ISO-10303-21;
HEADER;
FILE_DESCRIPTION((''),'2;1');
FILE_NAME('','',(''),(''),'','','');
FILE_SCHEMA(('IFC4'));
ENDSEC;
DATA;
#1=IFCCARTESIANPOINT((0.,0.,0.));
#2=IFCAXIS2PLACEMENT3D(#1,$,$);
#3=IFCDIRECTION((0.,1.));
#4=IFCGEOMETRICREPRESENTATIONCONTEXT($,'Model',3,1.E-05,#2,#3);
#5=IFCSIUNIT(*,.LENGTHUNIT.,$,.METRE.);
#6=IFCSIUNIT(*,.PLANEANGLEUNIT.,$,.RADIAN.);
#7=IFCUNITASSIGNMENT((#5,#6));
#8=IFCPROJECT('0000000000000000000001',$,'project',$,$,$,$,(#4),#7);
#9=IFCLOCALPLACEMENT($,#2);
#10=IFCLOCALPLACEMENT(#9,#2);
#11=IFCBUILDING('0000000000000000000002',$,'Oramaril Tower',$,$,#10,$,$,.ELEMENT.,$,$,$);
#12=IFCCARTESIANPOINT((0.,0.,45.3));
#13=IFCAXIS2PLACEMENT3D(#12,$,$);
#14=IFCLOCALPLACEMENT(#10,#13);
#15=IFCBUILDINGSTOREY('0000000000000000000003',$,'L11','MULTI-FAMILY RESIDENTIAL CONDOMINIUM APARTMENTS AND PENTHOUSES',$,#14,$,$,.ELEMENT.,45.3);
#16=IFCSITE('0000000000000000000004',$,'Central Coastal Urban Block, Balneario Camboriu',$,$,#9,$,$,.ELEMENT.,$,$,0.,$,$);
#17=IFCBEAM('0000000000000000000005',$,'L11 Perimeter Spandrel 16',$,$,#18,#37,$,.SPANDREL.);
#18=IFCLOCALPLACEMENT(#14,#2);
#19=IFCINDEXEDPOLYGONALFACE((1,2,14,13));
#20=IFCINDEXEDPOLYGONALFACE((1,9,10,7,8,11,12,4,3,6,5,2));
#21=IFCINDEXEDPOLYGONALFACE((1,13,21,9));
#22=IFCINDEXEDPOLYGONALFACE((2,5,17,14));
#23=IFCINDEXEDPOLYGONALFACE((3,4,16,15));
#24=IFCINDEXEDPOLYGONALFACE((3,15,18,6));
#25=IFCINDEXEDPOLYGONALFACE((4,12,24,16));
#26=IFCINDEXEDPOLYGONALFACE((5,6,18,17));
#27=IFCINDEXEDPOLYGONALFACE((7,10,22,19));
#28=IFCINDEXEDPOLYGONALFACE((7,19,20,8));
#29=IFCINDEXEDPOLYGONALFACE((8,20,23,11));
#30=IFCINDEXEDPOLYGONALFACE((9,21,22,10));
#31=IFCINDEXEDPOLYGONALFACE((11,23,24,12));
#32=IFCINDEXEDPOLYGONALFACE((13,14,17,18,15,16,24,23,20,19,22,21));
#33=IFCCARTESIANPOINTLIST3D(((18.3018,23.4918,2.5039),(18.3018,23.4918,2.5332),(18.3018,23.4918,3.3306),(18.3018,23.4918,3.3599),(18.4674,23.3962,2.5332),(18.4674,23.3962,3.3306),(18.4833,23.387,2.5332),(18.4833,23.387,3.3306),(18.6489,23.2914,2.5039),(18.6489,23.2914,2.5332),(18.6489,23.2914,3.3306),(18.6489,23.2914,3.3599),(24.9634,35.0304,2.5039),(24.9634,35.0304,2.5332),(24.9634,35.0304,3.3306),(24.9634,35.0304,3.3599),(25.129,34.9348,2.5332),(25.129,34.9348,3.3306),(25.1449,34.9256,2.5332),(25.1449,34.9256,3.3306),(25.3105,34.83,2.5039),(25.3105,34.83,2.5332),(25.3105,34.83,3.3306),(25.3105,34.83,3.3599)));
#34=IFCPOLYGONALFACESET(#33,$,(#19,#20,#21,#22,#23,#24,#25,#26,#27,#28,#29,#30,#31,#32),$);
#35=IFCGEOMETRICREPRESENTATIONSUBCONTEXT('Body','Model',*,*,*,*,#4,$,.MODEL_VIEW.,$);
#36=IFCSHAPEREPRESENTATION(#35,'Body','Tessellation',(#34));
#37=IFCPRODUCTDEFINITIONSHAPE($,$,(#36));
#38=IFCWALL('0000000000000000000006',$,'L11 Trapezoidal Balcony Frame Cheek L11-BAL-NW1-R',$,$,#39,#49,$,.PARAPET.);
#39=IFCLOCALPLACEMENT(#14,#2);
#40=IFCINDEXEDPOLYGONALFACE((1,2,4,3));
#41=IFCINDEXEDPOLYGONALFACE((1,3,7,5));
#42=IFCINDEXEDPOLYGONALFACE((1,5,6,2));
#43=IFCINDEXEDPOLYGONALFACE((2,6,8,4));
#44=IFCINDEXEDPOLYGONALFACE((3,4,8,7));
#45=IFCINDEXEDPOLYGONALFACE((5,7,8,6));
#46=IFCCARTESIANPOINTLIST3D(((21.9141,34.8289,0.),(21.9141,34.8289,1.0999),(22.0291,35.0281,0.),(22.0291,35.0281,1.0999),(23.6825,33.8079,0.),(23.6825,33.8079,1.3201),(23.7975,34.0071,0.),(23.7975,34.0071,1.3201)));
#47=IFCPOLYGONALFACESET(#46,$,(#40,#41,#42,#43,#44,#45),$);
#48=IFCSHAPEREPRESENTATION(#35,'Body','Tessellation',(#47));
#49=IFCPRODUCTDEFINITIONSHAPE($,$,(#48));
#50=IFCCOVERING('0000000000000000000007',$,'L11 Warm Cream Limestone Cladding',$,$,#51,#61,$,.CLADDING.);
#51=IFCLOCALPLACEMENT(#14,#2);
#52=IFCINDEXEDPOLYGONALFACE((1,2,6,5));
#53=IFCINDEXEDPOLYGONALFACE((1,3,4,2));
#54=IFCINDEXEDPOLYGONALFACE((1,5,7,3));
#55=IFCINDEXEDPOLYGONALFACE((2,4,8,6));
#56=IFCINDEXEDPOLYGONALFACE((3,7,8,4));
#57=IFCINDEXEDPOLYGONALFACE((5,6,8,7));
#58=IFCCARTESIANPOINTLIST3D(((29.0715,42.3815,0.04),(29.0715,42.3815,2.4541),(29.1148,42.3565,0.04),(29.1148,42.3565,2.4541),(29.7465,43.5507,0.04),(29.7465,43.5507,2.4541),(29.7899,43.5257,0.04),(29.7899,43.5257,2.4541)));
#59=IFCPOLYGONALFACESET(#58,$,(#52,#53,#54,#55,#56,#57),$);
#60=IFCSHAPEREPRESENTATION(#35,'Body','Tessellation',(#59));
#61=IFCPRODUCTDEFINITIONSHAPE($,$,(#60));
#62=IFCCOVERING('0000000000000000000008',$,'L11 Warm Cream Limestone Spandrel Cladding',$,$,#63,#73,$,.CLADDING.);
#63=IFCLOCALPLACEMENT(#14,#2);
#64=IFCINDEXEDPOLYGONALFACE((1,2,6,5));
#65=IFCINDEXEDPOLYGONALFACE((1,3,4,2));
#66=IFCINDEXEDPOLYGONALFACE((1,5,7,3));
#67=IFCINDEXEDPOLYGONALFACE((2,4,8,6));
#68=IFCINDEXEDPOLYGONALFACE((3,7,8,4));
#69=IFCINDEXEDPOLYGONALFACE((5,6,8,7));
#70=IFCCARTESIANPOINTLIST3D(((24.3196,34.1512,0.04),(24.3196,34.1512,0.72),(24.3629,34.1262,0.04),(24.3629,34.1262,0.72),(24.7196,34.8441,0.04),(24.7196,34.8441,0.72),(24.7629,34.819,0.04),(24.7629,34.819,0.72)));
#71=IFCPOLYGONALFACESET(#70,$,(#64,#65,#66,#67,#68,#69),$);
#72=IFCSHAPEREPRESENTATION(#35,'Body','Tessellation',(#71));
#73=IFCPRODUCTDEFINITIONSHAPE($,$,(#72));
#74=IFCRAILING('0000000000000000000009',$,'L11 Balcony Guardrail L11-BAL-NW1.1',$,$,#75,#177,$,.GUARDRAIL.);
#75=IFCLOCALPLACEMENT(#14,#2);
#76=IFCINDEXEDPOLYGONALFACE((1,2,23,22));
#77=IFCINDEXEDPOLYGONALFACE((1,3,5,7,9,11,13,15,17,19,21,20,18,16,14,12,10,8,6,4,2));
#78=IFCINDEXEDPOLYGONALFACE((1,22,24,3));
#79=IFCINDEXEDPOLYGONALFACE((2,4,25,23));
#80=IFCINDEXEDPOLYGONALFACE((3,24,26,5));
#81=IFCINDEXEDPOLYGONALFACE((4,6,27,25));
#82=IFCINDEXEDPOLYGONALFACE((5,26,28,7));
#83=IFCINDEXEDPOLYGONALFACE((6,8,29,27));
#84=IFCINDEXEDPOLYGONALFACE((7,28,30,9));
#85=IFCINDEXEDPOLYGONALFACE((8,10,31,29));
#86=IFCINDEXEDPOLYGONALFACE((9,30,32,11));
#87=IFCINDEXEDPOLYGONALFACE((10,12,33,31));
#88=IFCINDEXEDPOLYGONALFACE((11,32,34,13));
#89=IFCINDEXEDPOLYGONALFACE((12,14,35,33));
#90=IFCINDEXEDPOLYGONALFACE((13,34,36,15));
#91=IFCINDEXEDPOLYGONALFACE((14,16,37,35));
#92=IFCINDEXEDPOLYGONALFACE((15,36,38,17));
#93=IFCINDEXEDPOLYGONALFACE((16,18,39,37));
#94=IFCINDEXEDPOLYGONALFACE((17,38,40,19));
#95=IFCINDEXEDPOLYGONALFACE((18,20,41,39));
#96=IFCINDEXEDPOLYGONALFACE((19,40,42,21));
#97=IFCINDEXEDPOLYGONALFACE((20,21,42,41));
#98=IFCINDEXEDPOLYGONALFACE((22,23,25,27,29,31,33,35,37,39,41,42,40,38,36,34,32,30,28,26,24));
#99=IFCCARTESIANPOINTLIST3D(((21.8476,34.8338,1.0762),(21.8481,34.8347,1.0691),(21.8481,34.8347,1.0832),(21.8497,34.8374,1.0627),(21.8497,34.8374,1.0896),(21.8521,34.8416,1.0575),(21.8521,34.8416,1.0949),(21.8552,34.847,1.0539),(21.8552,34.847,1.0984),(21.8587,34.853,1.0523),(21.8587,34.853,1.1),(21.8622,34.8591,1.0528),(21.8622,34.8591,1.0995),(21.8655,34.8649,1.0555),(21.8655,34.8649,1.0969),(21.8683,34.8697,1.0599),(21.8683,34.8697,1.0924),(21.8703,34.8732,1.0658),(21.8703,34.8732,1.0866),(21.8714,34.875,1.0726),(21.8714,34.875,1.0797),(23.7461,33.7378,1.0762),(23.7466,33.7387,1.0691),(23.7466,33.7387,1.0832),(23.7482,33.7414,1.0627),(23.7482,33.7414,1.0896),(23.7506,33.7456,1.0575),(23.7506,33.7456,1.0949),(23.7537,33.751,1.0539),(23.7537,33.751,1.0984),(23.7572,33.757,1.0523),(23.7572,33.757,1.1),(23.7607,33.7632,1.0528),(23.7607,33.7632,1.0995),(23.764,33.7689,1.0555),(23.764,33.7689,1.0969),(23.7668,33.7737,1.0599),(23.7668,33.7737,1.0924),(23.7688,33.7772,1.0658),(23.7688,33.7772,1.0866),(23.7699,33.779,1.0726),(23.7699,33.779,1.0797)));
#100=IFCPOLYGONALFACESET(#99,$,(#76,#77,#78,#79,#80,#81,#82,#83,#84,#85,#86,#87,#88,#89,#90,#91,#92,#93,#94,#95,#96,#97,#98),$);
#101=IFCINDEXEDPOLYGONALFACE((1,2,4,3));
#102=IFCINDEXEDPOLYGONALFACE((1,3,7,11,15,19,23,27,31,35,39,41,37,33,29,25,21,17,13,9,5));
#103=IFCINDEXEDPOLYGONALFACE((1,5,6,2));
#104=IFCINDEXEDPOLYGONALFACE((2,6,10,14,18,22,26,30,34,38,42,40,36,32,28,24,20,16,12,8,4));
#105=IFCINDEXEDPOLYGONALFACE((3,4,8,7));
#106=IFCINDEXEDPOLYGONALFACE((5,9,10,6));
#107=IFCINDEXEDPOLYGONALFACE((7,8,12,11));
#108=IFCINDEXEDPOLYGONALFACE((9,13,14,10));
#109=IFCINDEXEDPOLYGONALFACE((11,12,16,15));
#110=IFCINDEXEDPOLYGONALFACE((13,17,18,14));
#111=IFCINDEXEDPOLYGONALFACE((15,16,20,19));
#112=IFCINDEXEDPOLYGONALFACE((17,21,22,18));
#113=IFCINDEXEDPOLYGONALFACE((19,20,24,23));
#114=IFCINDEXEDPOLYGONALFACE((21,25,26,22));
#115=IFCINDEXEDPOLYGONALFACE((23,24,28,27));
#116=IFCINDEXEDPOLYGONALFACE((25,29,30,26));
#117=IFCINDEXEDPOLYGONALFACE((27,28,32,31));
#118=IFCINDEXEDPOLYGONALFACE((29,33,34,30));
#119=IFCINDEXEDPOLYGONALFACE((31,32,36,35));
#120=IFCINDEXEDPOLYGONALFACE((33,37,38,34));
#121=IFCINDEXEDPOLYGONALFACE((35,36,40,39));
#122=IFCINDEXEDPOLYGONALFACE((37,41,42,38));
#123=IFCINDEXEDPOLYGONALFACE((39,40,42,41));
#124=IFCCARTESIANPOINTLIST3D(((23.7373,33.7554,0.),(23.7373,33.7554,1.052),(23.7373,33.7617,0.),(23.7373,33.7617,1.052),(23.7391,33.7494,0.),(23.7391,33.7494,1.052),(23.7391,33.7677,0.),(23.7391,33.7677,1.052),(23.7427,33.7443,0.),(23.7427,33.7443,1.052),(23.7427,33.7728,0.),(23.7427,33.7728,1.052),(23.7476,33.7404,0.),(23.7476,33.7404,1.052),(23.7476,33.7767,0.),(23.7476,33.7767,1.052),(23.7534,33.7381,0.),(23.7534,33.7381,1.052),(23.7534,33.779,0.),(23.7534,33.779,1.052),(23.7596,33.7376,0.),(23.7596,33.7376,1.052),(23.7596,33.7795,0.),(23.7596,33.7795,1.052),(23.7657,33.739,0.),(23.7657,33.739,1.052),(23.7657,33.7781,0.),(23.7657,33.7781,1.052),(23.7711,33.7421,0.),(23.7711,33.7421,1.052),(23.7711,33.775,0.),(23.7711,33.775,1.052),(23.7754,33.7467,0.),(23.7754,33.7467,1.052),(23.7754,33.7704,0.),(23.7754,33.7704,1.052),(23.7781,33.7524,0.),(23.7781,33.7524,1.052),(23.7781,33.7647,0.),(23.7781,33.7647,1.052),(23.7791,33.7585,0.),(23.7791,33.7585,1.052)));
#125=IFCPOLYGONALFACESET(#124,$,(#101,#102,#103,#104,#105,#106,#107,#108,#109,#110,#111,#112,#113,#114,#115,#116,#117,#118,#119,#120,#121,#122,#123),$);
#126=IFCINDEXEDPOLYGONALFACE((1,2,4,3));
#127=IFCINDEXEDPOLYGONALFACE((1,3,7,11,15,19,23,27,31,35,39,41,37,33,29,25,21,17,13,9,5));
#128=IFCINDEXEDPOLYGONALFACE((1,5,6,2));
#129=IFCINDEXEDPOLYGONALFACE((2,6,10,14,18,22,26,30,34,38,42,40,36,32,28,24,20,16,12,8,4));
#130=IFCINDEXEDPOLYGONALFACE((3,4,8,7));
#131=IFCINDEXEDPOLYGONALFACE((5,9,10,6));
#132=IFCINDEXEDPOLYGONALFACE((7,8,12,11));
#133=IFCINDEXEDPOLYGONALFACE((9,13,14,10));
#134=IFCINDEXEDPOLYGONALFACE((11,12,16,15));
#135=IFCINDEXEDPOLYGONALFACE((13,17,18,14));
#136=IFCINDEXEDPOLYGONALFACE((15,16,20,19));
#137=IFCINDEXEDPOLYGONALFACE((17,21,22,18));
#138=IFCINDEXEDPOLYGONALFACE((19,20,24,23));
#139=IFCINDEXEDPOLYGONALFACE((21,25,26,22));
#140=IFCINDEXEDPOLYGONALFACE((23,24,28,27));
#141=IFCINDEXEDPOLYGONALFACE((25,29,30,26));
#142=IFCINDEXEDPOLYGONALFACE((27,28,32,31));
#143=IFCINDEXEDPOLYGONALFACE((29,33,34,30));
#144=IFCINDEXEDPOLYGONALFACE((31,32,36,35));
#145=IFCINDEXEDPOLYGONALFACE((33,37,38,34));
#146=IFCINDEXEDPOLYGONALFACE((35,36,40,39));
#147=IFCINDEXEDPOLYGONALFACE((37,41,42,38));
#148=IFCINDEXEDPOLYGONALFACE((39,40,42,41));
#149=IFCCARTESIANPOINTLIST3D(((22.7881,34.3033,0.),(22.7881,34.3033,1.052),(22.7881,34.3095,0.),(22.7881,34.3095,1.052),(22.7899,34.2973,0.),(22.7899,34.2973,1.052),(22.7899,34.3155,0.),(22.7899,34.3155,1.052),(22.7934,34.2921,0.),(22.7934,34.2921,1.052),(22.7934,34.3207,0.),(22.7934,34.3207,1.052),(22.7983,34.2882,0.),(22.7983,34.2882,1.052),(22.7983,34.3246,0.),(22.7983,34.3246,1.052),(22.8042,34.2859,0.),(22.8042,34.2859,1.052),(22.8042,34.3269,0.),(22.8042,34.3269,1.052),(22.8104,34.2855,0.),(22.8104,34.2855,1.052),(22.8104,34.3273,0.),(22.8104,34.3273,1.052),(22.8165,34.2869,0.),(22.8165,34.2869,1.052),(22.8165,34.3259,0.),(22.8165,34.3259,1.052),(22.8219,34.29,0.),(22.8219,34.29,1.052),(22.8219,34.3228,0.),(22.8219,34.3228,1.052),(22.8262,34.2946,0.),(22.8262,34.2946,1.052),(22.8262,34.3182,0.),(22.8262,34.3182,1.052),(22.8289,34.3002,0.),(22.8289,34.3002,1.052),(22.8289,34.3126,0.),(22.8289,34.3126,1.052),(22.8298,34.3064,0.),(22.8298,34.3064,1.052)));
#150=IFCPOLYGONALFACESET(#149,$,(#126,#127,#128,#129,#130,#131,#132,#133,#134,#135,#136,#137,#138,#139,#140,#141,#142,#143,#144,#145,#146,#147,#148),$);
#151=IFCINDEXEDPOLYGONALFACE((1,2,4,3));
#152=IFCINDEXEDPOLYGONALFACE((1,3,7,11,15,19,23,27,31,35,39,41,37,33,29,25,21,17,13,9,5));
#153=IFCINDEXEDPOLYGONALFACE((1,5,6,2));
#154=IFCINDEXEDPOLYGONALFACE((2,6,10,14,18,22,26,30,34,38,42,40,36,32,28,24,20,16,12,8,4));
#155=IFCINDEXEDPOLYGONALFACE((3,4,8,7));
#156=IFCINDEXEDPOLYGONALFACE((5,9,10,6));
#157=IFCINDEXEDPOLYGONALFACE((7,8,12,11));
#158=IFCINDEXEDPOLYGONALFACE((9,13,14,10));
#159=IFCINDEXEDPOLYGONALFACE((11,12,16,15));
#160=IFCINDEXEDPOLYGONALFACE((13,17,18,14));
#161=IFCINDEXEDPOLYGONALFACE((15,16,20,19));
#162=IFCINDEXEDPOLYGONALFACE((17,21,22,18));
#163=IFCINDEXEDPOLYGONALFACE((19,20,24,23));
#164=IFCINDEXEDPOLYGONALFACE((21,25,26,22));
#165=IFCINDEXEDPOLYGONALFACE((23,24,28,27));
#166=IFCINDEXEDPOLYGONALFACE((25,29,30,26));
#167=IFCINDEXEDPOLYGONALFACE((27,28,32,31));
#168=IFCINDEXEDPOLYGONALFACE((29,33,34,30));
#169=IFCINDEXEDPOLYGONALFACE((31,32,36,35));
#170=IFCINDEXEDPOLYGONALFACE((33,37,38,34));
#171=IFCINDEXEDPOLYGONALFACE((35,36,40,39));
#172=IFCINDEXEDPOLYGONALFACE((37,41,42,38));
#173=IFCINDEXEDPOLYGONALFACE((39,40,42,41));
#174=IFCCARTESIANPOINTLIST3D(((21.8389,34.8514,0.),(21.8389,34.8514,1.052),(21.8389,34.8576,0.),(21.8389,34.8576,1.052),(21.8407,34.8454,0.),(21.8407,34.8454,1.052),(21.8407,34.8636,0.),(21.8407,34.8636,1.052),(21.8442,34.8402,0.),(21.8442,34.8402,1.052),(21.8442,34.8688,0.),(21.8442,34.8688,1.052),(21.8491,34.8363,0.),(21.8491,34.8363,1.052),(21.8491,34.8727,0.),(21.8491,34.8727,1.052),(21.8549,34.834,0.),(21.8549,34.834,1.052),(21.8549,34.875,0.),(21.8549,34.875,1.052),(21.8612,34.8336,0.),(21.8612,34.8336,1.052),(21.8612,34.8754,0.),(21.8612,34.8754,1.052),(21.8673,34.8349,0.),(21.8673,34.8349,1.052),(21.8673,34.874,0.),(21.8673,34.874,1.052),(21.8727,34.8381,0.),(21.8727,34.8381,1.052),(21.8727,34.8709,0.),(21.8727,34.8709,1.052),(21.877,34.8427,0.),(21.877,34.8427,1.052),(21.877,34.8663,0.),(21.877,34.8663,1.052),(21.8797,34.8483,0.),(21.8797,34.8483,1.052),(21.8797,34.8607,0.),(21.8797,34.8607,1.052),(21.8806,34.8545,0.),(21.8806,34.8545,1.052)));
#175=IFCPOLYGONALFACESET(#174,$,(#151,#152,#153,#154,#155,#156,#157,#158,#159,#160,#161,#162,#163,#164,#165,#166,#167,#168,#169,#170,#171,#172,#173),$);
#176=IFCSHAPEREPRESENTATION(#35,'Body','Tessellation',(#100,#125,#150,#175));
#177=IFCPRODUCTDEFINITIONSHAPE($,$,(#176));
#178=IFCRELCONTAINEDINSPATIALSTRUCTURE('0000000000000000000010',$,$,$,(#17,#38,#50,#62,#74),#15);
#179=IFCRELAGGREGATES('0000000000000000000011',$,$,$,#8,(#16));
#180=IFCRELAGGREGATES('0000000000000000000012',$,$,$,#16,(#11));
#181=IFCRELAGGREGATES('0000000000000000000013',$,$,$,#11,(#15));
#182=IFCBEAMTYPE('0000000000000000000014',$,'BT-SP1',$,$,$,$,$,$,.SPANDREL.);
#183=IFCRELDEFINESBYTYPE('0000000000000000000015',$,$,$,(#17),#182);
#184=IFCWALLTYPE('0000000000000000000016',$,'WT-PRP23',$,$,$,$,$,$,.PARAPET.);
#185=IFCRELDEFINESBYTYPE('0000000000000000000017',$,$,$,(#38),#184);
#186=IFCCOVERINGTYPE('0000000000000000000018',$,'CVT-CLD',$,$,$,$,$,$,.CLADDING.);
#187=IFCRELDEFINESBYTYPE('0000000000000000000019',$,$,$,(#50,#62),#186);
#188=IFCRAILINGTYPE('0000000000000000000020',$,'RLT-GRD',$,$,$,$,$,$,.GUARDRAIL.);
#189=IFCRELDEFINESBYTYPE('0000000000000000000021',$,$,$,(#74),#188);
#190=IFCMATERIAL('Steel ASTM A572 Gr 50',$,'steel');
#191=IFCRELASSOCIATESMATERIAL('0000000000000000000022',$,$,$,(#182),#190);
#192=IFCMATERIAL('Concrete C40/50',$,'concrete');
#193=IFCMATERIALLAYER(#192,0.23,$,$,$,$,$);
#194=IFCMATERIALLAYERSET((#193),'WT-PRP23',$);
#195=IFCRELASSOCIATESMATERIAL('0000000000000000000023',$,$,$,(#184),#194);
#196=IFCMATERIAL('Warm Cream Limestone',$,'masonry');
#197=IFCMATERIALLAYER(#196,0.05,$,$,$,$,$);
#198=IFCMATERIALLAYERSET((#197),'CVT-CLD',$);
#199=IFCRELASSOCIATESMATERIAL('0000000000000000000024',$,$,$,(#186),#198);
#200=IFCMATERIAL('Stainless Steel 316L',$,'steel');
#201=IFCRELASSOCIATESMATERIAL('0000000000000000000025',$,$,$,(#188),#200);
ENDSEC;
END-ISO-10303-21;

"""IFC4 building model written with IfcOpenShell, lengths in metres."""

from ifc_helpers import new_model, si_unit, direction, frame, origin, origin_2d, place, context, subcontext, project, spatial, polyline, rectangle, circle, i_section, outline, extrude, material, layer, layer_set, material_profile, profile_set, type_object, element, save


model = new_model("IFC4")

# Units and contexts
model_context = context("Model", 3, precision=1e-05, world=origin(), true_north=direction((0.0, 1.0)))
body_context = subcontext(model_context, "Body", "Model", "MODEL_VIEW")
ifc_project = project(units=[si_unit("LENGTHUNIT", "METRE"), si_unit("PLANEANGLEUNIT", "RADIAN")], contexts=[model_context])

# Site, building, storey
site_placement = place(None, origin())
site = spatial("IfcSite", under=ifc_project, at=site_placement, Name="Central Coastal Urban Block, Balneario Camboriu", CompositionType="ELEMENT", RefElevation=0.0)
building_placement = place(site_placement, origin())
building = spatial("IfcBuilding", under=site, at=building_placement, Name="Oramaril Tower", CompositionType="ELEMENT")
storey_placement = place(building_placement, frame((0.0, 0.0, 45.3)))
storey = spatial("IfcBuildingStorey", under=building, at=storey_placement, Name="L11", Description="MULTI-FAMILY RESIDENTIAL CONDOMINIUM APARTMENTS AND PENTHOUSES", CompositionType="ELEMENT", Elevation=45.3)

# Beam
ifc_material_1 = material(Name="Steel ASTM A572 Gr 50", Category="steel")
ifc_material_profile_1 = material_profile(ifc_material_1, i_section(OverallWidth=0.4009, OverallDepth=0.856, WebThickness=0.0183, FlangeThickness=0.0293, at=origin_2d()), Name="W33X201")
ifc_profile_set_1 = profile_set([ifc_material_profile_1], Name="Steel ASTM A572 Gr 50")
beam_type_1 = type_object("IfcBeamType", Name="BT-SP1", PredefinedType="SPANDREL", material=ifc_profile_set_1)
beam_1_placement = place(storey_placement, frame((25.137, 34.9302, 2.9319), z_axis=(-0.49999, -0.866031, 0.0), x_axis=(0.866031, -0.49999, 0.0)))
element("IfcBeam", 1, at=beam_1_placement, inside=storey, type_object=beam_type_1, Name="L11 Perimeter Spandrel 16", PredefinedType="SPANDREL", context=body_context, shape_type="SweptSolid", body=[
    extrude(i_section(OverallWidth=0.4009, OverallDepth=0.856, WebThickness=0.0183, FlangeThickness=0.0293, at=origin_2d()), origin(), (0.0, 0.0, 1.0), 13.3235),
])

# Wall
ifc_material_2 = material(Name="Concrete C40/50", Category="concrete")
ifc_layer_1 = layer(ifc_material_2, 0.23)
ifc_layer_set_1 = layer_set([ifc_layer_1], Name="WT-PRP23")
wall_type_1 = type_object("IfcWallType", Name="WT-PRP23", PredefinedType="PARAPET", material=ifc_layer_set_1)
wall_1_placement = place(storey_placement, frame((23.74, 33.9075, 0.0), z_axis=(0.0, 0.0, 1.0), x_axis=(-0.866012, 0.500023, 0.0)))
element("IfcWall", 2, at=wall_1_placement, inside=storey, type_object=wall_type_1, Name="L11 Trapezoidal Balcony Frame Cheek L11-BAL-NW1-R", PredefinedType="PARAPET", context=body_context, shape_type="SweptSolid", body=[
    extrude(outline(polyline([(0.0, 0.0), (2.042, 0.0), (2.042, 1.0999), (0.0, 1.3201), (0.0, 0.0)])), frame((0.0, 0.115, 0.0), z_axis=(0.0, -1.0, 0.0), x_axis=(1.0, 0.0, 0.0)), (0.0, 0.0, 1.0), 0.23),
])

# Coverings
ifc_material_3 = material(Name="Warm Cream Limestone", Category="masonry")
ifc_layer_2 = layer(ifc_material_3, 0.05)
ifc_layer_set_2 = layer_set([ifc_layer_2], Name="CVT-CLD")
covering_type = type_object("IfcCoveringType", Name="CVT-CLD", PredefinedType="CLADDING", material=ifc_layer_set_2)
covering_1_placement = place(storey_placement, frame((29.4307, 42.9536, 0.04), z_axis=(0.0, 0.0, 1.0), x_axis=(-0.500002, -0.866025, 0.0)))
element("IfcCovering", 3, at=covering_1_placement, inside=storey, type_object=covering_type, Name="L11 Warm Cream Limestone Cladding", PredefinedType="CLADDING", context=body_context, shape_type="SweptSolid", body=[
    extrude(rectangle(XDim=1.3501, YDim=0.05, at=origin_2d()), origin(), (0.0, 0.0, 1.0), 2.4141),
])
covering_2_placement = place(storey_placement, frame((24.5413, 34.4851, 0.04), z_axis=(0.0, 0.0, 1.0), x_axis=(-0.500002, -0.866025, 0.0)))
element("IfcCovering", 4, at=covering_2_placement, inside=storey, type_object=covering_type, Name="L11 Warm Cream Limestone Spandrel Cladding", PredefinedType="CLADDING", context=body_context, shape_type="SweptSolid", body=[
    extrude(rectangle(XDim=0.8, YDim=0.05, at=origin_2d()), origin(), (0.0, 0.0, 1.0), 0.6799),
])

# Railing
ifc_material_4 = material(Name="Stainless Steel 316L", Category="steel")
railing_type = type_object("IfcRailingType", Name="RLT-GRD", PredefinedType="GUARDRAIL", material=ifc_material_4)
railing_1_placement = place(storey_placement, frame((23.7581, 33.7585, 0.0)))
element("IfcRailing", 5, at=railing_1_placement, inside=storey, type_object=railing_type, Name="L11 Balcony Guardrail L11-BAL-NW1.1", PredefinedType="GUARDRAIL", context=body_context, shape_type="SweptSolid", body=[
    extrude(circle(Radius=0.0239, at=origin_2d()), frame((0.0, 0.0, 1.0762), z_axis=(-0.866048, 0.49996, 0.0), x_axis=(-0.49996, -0.866048, 0.0)), (0.0, 0.0, 1.0), 2.1921),
    extrude(circle(Radius=0.021, at=origin_2d()), origin(), (0.0, 0.0, 1.0), 1.052),
    extrude(circle(Radius=0.021, at=origin_2d()), frame((-0.9492, 0.5479, 0.0)), (0.0, 0.0, 1.0), 1.052),
    extrude(circle(Radius=0.021, at=origin_2d()), frame((-1.8984, 1.0959, 0.0)), (0.0, 0.0, 1.0), 1.052),
])

save(model, "model.ifc")
